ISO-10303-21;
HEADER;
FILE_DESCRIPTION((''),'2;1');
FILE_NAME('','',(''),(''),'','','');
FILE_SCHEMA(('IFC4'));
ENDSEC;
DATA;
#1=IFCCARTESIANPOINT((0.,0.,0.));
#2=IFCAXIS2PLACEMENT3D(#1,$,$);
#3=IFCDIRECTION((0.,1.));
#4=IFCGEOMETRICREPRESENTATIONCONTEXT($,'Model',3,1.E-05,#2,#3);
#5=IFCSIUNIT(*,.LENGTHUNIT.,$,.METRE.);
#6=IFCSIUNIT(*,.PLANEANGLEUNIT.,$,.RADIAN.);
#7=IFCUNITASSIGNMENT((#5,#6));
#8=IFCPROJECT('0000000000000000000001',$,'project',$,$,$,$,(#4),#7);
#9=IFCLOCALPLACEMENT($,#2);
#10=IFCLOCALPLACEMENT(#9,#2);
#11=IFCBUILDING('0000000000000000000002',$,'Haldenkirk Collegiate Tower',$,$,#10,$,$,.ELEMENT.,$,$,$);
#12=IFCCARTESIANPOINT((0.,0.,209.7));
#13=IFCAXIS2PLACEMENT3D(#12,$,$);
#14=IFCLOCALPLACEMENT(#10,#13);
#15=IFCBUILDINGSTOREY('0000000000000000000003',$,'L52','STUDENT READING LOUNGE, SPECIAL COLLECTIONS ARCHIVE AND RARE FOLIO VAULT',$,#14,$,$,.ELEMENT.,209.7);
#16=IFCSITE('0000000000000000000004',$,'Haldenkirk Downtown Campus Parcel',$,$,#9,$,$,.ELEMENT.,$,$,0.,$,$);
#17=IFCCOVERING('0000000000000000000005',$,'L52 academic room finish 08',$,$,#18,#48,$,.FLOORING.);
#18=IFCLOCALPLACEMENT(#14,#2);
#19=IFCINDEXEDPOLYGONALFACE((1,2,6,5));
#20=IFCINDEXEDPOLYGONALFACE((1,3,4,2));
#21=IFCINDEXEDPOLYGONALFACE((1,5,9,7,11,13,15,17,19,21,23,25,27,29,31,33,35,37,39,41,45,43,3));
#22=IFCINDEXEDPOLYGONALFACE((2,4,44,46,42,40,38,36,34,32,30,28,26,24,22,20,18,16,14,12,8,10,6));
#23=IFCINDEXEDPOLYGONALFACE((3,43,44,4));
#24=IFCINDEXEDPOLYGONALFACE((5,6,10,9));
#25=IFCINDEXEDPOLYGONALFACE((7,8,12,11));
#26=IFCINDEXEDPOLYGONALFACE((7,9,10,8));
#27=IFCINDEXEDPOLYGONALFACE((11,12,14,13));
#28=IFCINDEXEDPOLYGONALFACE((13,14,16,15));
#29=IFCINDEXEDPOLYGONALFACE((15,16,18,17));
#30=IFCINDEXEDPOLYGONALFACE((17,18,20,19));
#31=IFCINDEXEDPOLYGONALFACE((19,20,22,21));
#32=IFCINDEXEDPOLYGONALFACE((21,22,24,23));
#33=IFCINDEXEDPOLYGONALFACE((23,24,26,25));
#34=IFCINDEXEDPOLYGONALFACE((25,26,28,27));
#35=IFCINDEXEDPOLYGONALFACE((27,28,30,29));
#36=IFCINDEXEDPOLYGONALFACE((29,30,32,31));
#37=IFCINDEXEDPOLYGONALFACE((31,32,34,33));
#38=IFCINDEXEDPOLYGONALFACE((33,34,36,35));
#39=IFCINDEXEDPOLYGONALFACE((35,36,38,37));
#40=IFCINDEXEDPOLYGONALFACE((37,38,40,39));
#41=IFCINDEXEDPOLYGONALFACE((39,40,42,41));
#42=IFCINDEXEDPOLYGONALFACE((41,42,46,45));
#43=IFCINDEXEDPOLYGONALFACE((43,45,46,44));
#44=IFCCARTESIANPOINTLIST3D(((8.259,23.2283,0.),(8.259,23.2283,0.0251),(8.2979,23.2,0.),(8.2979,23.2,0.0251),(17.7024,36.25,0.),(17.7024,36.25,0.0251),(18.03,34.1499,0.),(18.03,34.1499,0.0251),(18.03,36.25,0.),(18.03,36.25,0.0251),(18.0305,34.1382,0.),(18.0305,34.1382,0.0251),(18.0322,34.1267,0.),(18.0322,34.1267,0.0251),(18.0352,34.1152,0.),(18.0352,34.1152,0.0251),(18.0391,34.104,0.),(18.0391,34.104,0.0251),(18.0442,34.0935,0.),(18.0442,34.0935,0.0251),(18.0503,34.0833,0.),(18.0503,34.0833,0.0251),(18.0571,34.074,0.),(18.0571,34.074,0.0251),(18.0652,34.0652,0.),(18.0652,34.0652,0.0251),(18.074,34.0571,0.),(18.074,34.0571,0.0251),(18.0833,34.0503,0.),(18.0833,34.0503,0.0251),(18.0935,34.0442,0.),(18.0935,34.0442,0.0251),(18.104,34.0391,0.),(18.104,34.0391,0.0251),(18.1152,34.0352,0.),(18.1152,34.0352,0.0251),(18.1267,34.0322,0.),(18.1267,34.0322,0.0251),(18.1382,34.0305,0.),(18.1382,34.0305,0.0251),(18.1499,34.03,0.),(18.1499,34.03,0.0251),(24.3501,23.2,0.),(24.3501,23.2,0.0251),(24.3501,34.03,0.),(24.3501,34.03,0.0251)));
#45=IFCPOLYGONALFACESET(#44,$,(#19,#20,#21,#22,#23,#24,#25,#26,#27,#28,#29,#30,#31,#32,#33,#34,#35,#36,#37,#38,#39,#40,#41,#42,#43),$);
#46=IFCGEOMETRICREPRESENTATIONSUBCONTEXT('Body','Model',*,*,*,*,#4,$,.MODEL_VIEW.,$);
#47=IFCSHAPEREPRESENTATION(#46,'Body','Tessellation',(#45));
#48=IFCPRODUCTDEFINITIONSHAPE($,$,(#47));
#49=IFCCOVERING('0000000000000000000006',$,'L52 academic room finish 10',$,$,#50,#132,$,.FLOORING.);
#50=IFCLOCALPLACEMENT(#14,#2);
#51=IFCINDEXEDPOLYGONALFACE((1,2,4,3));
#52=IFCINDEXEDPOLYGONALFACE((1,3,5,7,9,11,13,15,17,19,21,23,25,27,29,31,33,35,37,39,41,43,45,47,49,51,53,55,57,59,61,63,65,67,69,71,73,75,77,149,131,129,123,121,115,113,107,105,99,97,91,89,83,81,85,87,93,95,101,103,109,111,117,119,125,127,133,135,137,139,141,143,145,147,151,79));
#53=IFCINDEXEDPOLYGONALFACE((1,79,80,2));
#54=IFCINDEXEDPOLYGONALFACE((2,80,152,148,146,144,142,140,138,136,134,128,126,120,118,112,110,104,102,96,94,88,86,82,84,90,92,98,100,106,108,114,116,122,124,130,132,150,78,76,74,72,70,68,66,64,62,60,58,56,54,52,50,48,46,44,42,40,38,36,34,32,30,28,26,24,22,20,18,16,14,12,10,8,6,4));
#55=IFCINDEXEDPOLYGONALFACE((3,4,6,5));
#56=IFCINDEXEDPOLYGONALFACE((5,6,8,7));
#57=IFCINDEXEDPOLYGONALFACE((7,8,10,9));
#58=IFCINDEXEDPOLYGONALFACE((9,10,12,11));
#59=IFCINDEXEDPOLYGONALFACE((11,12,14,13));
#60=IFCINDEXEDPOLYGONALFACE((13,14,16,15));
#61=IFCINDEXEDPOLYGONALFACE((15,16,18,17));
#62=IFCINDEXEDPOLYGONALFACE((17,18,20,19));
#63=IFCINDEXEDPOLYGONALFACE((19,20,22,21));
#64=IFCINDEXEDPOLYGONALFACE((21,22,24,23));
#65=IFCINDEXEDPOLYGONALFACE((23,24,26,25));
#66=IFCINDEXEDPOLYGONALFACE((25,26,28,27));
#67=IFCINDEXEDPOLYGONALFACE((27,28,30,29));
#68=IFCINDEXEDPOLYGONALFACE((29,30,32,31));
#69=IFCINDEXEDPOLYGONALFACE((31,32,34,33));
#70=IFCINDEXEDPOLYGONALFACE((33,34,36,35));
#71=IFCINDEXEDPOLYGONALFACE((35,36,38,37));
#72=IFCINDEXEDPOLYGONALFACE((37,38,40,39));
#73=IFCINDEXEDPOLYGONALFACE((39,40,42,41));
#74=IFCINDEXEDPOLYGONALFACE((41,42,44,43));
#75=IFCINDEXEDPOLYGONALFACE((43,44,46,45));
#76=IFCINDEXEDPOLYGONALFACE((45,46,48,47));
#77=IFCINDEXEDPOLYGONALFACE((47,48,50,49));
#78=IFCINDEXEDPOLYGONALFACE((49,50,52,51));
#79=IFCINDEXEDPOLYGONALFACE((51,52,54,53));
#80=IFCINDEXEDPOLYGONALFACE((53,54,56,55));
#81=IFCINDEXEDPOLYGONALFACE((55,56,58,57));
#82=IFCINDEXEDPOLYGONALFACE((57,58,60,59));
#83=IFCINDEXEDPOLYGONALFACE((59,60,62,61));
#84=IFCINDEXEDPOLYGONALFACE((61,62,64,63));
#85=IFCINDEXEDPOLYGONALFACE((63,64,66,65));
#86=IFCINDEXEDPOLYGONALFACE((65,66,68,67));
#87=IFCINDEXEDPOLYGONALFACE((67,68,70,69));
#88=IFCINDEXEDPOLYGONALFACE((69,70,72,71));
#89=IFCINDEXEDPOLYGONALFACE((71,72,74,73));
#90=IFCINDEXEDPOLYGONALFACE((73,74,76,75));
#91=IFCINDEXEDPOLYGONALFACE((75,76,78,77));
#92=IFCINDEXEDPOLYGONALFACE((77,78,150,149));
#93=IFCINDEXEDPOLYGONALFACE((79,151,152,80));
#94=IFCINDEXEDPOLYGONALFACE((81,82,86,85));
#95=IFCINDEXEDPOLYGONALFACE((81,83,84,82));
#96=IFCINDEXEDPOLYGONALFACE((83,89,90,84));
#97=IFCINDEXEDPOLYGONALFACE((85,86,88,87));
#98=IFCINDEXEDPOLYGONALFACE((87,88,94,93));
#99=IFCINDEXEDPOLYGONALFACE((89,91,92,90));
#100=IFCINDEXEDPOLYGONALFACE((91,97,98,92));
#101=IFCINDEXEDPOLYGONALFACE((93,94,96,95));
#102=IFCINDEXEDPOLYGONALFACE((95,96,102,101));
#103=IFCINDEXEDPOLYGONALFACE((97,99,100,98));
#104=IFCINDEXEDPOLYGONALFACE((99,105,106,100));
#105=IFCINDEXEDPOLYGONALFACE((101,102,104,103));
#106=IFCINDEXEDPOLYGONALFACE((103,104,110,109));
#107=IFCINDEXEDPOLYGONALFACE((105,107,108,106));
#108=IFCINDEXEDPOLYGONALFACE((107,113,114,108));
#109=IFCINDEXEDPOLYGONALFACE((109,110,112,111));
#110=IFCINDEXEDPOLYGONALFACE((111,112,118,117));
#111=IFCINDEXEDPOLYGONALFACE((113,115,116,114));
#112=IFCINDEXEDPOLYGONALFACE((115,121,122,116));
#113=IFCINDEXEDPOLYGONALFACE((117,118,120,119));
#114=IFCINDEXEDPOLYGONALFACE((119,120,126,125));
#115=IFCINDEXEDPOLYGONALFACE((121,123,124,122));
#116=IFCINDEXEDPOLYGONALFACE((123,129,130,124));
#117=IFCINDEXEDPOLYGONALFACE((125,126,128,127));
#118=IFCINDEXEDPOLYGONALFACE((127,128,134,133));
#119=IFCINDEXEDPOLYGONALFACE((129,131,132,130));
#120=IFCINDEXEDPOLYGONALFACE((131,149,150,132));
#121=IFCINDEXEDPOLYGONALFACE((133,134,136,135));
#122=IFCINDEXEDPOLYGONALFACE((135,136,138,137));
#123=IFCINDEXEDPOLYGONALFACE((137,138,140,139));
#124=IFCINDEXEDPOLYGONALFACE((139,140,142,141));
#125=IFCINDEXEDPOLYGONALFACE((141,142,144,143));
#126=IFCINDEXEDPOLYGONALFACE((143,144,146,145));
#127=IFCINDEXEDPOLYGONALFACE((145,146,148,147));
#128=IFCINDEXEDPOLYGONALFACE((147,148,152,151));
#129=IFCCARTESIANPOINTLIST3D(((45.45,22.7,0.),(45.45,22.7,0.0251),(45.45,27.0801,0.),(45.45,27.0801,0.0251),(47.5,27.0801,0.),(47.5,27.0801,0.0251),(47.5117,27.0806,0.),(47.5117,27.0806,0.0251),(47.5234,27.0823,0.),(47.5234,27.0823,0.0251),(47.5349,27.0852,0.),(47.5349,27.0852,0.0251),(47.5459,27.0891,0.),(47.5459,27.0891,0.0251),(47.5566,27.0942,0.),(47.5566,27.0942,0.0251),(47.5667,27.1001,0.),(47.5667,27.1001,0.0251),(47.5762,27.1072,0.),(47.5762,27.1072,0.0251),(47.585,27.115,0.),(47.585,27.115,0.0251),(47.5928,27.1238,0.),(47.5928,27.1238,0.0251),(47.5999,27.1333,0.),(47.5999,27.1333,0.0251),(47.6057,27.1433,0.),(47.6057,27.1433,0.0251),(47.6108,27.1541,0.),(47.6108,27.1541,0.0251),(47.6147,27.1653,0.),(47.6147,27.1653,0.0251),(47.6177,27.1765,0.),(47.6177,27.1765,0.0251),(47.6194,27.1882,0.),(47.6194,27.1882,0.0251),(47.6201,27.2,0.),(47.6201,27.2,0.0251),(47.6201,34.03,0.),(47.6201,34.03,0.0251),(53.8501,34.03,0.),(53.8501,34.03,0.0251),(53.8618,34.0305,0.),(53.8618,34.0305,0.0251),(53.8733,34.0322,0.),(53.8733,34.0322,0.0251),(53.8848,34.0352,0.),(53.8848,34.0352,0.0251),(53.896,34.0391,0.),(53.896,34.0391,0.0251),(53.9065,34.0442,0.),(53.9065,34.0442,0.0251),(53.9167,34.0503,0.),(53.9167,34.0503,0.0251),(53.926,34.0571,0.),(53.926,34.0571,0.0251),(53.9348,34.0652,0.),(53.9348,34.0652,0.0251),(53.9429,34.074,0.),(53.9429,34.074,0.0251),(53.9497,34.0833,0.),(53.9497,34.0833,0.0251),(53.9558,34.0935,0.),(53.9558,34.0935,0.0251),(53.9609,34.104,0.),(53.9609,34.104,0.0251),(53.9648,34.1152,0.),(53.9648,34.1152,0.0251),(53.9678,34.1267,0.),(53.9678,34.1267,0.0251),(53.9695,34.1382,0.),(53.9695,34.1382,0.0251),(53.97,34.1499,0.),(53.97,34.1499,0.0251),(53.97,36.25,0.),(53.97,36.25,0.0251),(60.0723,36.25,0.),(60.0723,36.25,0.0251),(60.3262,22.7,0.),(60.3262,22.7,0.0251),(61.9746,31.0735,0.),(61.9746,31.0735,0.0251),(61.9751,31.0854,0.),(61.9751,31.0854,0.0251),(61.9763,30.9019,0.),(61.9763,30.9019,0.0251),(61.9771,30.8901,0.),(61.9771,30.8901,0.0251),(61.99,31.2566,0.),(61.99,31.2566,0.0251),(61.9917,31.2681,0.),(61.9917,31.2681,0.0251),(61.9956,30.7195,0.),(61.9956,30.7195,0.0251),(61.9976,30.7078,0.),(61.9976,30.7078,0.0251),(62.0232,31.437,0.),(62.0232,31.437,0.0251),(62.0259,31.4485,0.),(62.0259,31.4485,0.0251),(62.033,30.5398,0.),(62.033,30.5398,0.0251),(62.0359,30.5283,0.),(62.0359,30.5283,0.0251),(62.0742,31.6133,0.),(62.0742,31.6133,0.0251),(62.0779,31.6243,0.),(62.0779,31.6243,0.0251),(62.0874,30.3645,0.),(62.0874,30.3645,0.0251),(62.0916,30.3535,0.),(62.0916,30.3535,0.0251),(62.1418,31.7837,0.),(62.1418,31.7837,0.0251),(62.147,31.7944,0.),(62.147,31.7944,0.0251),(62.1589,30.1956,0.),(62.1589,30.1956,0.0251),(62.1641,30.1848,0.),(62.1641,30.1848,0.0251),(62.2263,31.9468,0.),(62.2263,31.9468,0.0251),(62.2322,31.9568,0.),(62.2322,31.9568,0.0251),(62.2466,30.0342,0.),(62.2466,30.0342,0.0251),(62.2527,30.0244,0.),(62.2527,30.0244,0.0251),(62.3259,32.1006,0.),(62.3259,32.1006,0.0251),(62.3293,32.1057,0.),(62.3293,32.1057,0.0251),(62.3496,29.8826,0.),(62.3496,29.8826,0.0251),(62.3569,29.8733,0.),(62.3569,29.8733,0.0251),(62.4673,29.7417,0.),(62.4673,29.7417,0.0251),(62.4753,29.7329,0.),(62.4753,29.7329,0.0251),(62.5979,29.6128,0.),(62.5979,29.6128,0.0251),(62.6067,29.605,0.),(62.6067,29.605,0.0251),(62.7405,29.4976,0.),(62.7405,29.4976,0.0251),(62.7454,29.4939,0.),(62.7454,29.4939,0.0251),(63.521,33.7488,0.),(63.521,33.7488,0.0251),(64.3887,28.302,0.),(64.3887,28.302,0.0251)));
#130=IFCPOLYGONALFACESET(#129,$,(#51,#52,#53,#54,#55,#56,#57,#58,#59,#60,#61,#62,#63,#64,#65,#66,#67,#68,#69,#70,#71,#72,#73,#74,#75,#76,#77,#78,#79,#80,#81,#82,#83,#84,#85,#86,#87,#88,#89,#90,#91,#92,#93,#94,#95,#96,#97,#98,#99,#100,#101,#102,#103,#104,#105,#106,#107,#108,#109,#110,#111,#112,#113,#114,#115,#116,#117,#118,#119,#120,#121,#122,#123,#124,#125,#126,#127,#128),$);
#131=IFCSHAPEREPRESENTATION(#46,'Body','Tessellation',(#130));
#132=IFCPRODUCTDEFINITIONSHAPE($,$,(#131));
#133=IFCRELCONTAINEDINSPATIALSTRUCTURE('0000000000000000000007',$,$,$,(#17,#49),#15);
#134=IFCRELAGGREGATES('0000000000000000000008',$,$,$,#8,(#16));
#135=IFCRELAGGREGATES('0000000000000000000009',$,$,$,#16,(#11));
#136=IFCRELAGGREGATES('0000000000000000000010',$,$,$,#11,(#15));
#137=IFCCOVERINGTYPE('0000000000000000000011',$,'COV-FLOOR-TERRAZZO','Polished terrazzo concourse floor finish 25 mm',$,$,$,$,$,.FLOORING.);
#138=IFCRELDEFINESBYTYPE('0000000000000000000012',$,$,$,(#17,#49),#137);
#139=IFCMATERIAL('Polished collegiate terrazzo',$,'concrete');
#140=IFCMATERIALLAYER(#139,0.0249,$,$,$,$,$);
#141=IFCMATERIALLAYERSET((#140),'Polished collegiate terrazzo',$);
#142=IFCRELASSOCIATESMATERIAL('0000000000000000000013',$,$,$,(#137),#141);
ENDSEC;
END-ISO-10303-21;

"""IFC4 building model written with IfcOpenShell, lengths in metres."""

from ifc_helpers import new_model, si_unit, direction, frame, origin, place, context, subcontext, project, spatial, polyline, outline, extrude, material, layer, layer_set, type_object, element, save


model = new_model("IFC4")

# Units and contexts
model_context = context("Model", 3, precision=1e-05, world=origin(), true_north=direction((0.0, 1.0)))
body_context = subcontext(model_context, "Body", "Model", "MODEL_VIEW")
ifc_project = project(units=[si_unit("LENGTHUNIT", "METRE"), si_unit("PLANEANGLEUNIT", "RADIAN")], contexts=[model_context])

# Site, building, storey
site_placement = place(None, origin())
site = spatial("IfcSite", under=ifc_project, at=site_placement, Name="Haldenkirk Downtown Campus Parcel", CompositionType="ELEMENT", RefElevation=0.0)
building_placement = place(site_placement, origin())
building = spatial("IfcBuilding", under=site, at=building_placement, Name="Haldenkirk Collegiate Tower", CompositionType="ELEMENT")
storey_placement = place(building_placement, frame((0.0, 0.0, 209.7)))
storey = spatial("IfcBuildingStorey", under=building, at=storey_placement, Name="L52", Description="STUDENT READING LOUNGE, SPECIAL COLLECTIONS ARCHIVE AND RARE FOLIO VAULT", CompositionType="ELEMENT", Elevation=209.7)

# Coverings
ifc_material_1 = material(Name="Polished collegiate terrazzo", Category="concrete")
ifc_layer_1 = layer(ifc_material_1, 0.0249)
ifc_layer_set_1 = layer_set([ifc_layer_1], Name="Polished collegiate terrazzo")
covering_type_1 = type_object("IfcCoveringType", Name="COV-FLOOR-TERRAZZO", Description="Polished terrazzo concourse floor finish 25 mm", PredefinedType="FLOORING", material=ifc_layer_set_1)
covering_1_placement = place(storey_placement, origin())
element("IfcCovering", 1, at=covering_1_placement, inside=storey, type_object=covering_type_1, Name="L52 academic room finish 08", PredefinedType="FLOORING", context=body_context, shape_type="SweptSolid", body=[
    extrude(outline(polyline([(8.259, 23.2283), (17.7024, 36.25), (18.03, 36.25), (18.03, 34.1499), (18.0305, 34.1382), (18.0322, 34.1267), (18.0352, 34.1152), (18.0391, 34.104), (18.0442, 34.0935), (18.0503, 34.0833), (18.0571, 34.074), (18.0652, 34.0652), (18.074, 34.0571), (18.0833, 34.0503), (18.0935, 34.0442), (18.104, 34.0391), (18.1152, 34.0352), (18.1267, 34.0322), (18.1382, 34.0305), (18.1499, 34.03), (24.3501, 34.03), (24.3501, 23.2), (8.2979, 23.2), (8.259, 23.2283)])), origin(), (0.0, 0.0, 1.0), 0.0251),
])
covering_2_placement = place(storey_placement, origin())
element("IfcCovering", 2, at=covering_2_placement, inside=storey, type_object=covering_type_1, Name="L52 academic room finish 10", PredefinedType="FLOORING", context=body_context, shape_type="SweptSolid", body=[
    extrude(outline(polyline([(62.3293, 32.1057), (62.3259, 32.1006), (62.2322, 31.9568), (62.2263, 31.9468), (62.147, 31.7944), (62.1418, 31.7837), (62.0779, 31.6243), (62.0742, 31.6133), (62.0259, 31.4485), (62.0232, 31.437), (61.9917, 31.2681), (61.99, 31.2566), (61.9751, 31.0854), (61.9746, 31.0735), (61.9763, 30.9019), (61.9771, 30.8901), (61.9956, 30.7195), (61.9976, 30.7078), (62.033, 30.5398), (62.0359, 30.5283), (62.0874, 30.3645), (62.0916, 30.3535), (62.1589, 30.1956), (62.1641, 30.1848), (62.2466, 30.0342), (62.2527, 30.0244), (62.3496, 29.8826), (62.3569, 29.8733), (62.4673, 29.7417), (62.4753, 29.7329), (62.5979, 29.6128), (62.6067, 29.605), (62.7405, 29.4976), (62.7454, 29.4939), (64.3887, 28.302), (60.3262, 22.7), (45.45, 22.7), (45.45, 27.0801), (47.5, 27.0801), (47.5117, 27.0806), (47.5234, 27.0823), (47.5349, 27.0852), (47.5459, 27.0891), (47.5566, 27.0942), (47.5667, 27.1001), (47.5762, 27.1072), (47.585, 27.115), (47.5928, 27.1238), (47.5999, 27.1333), (47.6057, 27.1433), (47.6108, 27.1541), (47.6147, 27.1653), (47.6177, 27.1765), (47.6194, 27.1882), (47.6201, 27.2), (47.6201, 34.03), (53.8501, 34.03), (53.8618, 34.0305), (53.8733, 34.0322), (53.8848, 34.0352), (53.896, 34.0391), (53.9065, 34.0442), (53.9167, 34.0503), (53.926, 34.0571), (53.9348, 34.0652), (53.9429, 34.074), (53.9497, 34.0833), (53.9558, 34.0935), (53.9609, 34.104), (53.9648, 34.1152), (53.9678, 34.1267), (53.9695, 34.1382), (53.97, 34.1499), (53.97, 36.25), (60.0723, 36.25), (63.521, 33.7488), (62.3293, 32.1057)])), origin(), (0.0, 0.0, 1.0), 0.0251),
])

save(model, "model.ifc")
